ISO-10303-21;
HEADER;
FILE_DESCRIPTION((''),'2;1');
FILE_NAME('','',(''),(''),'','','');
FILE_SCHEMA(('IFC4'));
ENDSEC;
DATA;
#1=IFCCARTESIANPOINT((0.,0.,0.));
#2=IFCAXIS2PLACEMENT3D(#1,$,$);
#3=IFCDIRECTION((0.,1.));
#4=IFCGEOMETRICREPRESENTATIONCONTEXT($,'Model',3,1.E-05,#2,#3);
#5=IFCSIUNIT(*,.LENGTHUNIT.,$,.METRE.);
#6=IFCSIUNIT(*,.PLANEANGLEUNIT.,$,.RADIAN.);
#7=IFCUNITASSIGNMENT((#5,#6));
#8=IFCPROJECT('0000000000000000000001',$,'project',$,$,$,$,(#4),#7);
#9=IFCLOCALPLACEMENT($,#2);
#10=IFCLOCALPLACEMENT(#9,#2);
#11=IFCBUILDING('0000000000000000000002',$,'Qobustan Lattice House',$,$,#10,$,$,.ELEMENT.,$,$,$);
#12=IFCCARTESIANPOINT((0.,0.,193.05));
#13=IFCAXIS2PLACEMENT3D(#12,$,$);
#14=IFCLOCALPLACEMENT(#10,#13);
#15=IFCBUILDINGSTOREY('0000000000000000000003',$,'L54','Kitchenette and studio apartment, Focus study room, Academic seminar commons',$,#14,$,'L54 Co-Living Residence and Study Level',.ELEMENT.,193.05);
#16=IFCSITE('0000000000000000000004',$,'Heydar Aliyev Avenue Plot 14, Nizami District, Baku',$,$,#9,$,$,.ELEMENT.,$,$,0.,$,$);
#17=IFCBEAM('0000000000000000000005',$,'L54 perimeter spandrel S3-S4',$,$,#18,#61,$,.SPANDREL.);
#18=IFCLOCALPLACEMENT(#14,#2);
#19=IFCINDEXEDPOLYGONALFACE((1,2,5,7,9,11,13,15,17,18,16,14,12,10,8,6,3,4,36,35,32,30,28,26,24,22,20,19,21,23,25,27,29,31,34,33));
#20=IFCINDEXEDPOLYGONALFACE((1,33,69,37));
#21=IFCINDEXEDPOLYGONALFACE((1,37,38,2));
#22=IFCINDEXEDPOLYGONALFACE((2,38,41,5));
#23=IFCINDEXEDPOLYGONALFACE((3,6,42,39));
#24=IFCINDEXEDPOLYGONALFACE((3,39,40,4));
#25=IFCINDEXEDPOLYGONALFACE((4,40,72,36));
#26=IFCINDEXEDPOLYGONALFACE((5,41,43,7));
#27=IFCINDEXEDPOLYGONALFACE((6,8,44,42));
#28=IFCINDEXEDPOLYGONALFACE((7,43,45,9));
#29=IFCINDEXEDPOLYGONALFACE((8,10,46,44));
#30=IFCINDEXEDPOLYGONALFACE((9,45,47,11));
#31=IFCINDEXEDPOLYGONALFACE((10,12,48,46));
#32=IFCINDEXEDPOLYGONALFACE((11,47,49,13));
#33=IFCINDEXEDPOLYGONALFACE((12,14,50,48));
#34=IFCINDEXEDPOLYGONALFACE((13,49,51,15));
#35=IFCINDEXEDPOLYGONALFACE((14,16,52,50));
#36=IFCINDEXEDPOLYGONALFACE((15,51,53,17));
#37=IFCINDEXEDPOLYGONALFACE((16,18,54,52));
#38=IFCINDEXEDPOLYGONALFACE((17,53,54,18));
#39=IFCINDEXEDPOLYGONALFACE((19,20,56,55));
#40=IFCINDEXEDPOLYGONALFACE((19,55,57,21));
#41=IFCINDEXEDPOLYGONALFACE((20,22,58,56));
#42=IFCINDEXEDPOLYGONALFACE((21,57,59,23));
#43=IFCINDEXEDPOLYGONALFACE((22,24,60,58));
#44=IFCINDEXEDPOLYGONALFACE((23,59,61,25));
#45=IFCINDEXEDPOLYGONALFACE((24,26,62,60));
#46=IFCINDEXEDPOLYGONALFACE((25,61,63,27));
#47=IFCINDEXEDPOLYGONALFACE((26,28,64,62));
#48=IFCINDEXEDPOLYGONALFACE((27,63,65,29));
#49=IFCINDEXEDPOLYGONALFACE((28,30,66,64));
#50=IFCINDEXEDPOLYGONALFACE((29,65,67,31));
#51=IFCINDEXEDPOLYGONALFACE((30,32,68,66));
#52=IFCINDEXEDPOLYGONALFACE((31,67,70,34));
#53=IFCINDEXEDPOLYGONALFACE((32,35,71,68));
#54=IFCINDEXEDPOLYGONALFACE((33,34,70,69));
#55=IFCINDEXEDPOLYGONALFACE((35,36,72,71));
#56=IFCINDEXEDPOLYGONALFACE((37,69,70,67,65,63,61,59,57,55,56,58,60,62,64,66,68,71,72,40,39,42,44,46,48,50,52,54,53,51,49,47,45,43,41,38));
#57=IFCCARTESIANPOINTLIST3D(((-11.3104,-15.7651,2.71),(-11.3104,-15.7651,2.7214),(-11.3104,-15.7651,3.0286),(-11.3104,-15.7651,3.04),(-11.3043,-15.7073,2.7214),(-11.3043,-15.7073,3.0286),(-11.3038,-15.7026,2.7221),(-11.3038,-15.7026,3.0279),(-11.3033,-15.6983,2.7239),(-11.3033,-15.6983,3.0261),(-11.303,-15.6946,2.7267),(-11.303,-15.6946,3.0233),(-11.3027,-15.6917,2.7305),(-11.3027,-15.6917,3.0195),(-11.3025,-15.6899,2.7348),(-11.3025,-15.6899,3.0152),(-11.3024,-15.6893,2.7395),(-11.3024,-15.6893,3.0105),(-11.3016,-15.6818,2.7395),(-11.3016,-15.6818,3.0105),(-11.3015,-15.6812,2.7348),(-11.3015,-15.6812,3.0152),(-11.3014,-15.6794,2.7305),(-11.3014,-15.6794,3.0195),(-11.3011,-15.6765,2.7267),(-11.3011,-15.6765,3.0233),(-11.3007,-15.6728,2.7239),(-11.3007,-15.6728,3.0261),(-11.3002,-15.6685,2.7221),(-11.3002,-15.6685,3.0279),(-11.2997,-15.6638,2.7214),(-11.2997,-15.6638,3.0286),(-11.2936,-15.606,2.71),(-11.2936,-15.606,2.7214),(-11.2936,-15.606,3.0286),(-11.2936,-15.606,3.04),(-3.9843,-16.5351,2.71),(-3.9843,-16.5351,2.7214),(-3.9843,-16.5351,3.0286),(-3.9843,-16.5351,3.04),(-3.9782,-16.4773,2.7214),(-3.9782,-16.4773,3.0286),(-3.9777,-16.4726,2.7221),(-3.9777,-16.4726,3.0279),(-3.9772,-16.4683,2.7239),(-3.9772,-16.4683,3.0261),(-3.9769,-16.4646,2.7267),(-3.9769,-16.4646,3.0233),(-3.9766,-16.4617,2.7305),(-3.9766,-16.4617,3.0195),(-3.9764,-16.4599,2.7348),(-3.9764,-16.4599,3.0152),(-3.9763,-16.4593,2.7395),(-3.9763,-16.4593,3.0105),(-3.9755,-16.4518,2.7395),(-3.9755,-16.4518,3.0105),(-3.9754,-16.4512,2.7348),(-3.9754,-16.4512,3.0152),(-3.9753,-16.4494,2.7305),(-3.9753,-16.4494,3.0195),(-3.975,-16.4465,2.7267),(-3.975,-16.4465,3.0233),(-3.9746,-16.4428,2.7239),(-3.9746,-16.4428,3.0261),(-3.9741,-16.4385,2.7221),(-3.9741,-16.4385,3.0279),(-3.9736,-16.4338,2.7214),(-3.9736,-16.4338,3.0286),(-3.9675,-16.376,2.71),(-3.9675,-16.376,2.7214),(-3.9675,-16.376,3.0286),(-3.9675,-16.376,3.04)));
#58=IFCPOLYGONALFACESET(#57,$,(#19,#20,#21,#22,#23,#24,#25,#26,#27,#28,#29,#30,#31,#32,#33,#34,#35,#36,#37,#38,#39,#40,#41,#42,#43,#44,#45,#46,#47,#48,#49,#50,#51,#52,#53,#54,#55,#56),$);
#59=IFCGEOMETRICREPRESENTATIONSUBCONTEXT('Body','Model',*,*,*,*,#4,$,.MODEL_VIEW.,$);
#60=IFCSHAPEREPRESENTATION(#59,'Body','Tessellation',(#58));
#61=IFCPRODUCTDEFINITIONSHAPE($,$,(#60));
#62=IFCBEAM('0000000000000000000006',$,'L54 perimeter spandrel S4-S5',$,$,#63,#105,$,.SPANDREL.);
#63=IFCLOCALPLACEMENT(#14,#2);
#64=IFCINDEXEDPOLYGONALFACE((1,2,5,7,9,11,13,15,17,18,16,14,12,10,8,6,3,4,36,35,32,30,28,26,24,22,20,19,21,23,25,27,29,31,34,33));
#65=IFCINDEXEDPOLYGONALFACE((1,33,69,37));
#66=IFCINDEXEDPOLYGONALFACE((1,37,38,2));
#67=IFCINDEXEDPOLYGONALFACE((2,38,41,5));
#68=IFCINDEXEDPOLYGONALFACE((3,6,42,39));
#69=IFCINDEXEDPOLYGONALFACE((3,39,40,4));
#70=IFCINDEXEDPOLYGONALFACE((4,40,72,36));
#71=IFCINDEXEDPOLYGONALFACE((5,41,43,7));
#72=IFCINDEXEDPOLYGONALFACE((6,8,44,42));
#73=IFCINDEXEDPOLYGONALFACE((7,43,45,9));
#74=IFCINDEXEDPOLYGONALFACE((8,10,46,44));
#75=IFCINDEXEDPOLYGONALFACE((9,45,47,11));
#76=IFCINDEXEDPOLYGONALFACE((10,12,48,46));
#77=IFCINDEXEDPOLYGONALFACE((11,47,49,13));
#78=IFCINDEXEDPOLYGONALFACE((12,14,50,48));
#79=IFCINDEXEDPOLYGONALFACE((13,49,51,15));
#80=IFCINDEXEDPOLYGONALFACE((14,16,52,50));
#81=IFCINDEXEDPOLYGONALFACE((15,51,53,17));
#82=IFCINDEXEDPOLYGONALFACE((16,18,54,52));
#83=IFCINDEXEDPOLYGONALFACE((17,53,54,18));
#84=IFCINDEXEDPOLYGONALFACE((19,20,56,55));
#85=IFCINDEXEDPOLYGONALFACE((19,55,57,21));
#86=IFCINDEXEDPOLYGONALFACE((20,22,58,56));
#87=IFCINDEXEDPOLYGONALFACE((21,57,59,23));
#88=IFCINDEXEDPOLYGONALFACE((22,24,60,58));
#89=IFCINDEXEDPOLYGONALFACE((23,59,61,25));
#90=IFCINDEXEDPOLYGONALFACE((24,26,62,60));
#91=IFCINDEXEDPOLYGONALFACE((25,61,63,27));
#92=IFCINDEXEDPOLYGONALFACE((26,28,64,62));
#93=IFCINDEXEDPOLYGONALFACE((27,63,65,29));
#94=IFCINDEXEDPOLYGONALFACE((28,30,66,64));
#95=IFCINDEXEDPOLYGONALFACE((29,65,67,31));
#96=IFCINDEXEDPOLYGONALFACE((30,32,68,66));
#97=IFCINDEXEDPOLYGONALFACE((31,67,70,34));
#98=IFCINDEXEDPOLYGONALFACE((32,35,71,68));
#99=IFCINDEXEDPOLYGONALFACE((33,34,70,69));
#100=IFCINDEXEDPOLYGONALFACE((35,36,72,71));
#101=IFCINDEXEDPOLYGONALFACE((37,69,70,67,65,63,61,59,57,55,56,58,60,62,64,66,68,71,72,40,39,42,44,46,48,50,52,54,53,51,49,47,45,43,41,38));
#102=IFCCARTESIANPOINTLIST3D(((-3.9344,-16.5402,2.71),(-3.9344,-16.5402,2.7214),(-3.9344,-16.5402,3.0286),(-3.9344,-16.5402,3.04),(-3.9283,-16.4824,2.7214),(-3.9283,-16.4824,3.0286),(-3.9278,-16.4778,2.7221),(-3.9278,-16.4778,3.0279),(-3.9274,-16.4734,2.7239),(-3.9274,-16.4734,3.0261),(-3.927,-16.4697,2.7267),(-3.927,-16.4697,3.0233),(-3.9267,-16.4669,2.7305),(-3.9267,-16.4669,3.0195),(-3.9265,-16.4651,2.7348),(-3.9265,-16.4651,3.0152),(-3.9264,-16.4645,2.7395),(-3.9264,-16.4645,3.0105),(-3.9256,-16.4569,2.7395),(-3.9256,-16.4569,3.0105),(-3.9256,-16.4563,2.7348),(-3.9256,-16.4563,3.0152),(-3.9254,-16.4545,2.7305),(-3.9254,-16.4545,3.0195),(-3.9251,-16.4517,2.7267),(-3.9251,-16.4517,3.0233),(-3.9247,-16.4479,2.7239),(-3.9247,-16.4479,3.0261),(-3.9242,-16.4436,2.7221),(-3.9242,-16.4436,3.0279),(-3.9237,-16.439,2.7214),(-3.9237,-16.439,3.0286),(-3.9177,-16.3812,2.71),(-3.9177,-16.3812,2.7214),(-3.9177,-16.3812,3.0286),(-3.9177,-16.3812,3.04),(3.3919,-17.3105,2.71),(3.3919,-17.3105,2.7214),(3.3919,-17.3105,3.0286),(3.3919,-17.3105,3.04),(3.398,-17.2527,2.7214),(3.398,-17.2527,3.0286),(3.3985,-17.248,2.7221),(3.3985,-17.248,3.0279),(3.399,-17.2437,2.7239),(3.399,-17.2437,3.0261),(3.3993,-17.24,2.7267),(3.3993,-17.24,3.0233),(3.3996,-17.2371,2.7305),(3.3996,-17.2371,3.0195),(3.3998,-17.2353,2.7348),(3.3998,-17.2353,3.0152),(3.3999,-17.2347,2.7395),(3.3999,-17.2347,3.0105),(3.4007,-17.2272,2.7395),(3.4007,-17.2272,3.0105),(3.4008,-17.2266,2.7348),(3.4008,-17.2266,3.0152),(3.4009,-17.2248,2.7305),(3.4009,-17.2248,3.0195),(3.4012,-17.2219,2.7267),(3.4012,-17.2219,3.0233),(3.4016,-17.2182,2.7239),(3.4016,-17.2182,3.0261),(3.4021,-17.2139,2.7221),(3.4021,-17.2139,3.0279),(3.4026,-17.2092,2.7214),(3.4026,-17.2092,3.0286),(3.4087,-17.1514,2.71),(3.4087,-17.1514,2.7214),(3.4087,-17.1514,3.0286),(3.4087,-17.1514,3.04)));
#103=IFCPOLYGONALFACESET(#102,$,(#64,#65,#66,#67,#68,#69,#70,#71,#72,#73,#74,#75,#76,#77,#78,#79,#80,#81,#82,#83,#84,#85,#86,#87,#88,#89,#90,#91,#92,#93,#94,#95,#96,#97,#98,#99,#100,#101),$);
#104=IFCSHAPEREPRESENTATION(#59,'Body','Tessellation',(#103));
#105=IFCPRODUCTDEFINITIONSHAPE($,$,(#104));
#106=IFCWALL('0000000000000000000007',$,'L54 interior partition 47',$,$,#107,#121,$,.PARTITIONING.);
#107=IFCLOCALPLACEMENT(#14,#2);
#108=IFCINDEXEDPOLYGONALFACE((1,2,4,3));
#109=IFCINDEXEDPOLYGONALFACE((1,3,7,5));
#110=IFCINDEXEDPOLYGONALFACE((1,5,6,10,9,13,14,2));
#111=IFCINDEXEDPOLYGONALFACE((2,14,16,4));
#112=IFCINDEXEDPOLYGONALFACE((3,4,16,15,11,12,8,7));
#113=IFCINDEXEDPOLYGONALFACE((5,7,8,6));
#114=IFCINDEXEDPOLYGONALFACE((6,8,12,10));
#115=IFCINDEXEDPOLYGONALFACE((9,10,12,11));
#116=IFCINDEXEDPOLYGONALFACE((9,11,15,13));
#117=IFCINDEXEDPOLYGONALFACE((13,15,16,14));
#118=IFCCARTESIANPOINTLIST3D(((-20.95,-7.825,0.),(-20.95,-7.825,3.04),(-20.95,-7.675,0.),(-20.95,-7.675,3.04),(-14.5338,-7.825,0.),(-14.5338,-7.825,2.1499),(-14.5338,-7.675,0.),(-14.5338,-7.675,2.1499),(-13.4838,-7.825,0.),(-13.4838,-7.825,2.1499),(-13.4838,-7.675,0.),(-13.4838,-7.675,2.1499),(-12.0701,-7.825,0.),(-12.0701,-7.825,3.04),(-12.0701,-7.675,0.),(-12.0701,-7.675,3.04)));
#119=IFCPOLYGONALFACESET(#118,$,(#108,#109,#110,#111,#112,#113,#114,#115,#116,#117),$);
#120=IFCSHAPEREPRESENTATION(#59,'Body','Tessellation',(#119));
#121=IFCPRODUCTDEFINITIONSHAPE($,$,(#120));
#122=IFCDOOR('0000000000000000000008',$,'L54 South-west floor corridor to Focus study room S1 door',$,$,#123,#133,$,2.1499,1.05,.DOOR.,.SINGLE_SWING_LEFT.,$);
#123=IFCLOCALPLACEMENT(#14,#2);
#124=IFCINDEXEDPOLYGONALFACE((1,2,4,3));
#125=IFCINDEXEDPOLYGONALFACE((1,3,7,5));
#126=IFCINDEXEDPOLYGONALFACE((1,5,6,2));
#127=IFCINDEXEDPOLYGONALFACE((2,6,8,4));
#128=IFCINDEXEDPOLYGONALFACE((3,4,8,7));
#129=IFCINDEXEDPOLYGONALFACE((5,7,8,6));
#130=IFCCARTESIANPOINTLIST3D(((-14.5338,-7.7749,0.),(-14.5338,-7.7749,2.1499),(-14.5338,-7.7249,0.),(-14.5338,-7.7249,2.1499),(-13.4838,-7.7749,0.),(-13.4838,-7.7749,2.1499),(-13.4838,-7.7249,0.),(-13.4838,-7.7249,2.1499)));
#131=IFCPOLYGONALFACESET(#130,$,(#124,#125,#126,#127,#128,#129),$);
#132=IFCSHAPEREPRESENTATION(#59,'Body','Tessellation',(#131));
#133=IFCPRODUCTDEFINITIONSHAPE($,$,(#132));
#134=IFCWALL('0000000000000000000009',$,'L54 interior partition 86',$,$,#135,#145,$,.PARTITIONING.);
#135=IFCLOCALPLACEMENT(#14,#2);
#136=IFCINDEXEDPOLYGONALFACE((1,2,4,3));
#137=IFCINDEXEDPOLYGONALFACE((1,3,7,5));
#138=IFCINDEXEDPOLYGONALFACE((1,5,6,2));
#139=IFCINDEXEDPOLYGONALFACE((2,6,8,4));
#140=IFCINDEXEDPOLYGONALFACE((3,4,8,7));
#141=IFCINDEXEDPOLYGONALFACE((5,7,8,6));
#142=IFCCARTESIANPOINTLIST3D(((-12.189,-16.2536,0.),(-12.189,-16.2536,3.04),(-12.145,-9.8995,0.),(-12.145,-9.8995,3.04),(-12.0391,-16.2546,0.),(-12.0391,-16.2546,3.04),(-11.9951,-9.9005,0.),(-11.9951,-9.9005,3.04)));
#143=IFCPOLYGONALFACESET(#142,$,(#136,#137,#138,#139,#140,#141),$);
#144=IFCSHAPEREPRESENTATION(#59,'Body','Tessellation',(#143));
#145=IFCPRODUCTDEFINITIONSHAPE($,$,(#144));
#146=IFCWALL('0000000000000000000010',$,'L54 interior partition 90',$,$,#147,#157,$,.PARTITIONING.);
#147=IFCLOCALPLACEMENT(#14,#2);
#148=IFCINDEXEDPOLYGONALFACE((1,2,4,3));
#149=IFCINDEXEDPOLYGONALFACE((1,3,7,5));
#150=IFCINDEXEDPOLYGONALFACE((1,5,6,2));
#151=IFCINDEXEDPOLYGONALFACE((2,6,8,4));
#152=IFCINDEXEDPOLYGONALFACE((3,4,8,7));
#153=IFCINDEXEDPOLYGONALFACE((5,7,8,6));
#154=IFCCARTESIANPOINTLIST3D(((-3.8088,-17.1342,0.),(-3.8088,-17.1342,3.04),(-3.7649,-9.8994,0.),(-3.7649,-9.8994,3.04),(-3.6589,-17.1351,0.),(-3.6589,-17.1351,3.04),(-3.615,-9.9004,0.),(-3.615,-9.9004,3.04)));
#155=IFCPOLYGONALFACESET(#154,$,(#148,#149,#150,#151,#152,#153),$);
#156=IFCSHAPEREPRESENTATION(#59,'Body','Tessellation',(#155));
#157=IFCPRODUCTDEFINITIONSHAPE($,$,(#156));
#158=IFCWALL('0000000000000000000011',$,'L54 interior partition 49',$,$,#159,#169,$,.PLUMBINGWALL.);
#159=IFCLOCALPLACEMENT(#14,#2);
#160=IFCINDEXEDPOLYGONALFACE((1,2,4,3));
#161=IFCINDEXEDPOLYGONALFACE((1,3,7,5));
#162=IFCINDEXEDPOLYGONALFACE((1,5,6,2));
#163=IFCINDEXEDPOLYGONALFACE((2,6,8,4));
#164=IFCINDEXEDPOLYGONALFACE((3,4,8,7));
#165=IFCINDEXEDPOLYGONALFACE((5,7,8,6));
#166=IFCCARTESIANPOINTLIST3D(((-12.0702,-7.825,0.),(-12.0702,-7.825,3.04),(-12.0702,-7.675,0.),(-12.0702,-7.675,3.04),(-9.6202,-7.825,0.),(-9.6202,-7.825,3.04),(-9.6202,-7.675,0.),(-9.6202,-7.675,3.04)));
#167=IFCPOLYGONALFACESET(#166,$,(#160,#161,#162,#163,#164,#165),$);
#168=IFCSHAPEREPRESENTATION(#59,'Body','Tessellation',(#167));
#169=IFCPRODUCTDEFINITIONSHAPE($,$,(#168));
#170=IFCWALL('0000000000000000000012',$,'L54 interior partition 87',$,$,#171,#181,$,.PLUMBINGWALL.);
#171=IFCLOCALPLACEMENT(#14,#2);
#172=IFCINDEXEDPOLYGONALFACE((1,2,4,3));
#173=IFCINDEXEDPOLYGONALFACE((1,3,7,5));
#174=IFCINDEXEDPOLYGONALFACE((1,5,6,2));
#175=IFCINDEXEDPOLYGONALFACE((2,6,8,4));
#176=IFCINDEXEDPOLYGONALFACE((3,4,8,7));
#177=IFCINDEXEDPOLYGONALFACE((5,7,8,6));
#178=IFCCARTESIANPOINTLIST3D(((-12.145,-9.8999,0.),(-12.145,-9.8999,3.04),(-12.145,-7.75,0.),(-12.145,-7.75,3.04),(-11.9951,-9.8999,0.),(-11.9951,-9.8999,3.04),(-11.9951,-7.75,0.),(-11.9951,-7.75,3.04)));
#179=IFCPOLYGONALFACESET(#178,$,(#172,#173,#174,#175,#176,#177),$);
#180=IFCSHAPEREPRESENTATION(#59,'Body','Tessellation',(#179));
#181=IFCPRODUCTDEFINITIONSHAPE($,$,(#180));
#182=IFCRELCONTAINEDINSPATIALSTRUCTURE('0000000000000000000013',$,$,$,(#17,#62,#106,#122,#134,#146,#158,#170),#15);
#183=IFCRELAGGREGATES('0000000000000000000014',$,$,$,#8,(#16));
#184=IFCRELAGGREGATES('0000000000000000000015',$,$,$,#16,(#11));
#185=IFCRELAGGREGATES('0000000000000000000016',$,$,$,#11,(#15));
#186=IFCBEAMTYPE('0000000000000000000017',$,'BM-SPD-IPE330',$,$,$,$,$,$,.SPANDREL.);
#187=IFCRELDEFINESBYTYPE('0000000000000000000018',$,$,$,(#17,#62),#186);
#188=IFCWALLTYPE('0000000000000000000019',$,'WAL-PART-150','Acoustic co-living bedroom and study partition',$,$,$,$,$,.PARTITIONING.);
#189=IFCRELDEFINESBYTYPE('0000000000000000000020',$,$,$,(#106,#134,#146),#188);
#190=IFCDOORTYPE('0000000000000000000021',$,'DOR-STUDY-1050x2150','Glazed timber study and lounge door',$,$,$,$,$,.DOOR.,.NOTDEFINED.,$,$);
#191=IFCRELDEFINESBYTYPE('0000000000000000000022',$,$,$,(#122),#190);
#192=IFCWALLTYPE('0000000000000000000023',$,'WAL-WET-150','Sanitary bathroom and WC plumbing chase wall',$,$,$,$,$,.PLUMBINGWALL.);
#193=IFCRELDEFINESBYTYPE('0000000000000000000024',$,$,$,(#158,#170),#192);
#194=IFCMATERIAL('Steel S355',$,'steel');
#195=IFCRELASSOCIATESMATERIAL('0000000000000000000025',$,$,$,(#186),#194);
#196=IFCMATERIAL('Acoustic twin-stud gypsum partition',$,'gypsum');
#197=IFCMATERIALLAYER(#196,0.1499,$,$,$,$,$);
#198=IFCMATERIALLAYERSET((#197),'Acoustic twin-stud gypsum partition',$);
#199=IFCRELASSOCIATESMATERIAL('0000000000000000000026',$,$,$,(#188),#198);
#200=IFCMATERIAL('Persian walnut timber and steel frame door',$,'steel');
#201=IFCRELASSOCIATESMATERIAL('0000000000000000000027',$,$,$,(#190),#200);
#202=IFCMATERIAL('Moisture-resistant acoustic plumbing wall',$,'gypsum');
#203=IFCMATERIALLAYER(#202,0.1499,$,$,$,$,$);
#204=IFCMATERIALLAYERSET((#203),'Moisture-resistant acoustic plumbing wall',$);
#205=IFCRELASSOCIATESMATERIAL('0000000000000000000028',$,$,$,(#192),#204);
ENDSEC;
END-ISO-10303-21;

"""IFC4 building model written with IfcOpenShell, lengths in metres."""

from ifc_helpers import new_model, si_unit, direction, frame, frame_2d, origin, origin_2d, place, context, subcontext, project, spatial, rectangle, i_section, extrude, material, layer, layer_set, material_profile, profile_set, type_object, element, fill, save


model = new_model("IFC4")

# Units and contexts
model_context = context("Model", 3, precision=1e-05, world=origin(), true_north=direction((0.0, 1.0)))
body_context = subcontext(model_context, "Body", "Model", "MODEL_VIEW")
ifc_project = project(units=[si_unit("LENGTHUNIT", "METRE"), si_unit("PLANEANGLEUNIT", "RADIAN")], contexts=[model_context])

# Site, building, storey
site_placement = place(None, origin())
site = spatial("IfcSite", under=ifc_project, at=site_placement, Name="Heydar Aliyev Avenue Plot 14, Nizami District, Baku", CompositionType="ELEMENT", RefElevation=0.0)
building_placement = place(site_placement, origin())
building = spatial("IfcBuilding", under=site, at=building_placement, Name="Qobustan Lattice House", CompositionType="ELEMENT")
storey_placement = place(building_placement, frame((0.0, 0.0, 193.05)))
storey = spatial("IfcBuildingStorey", under=building, at=storey_placement, Name="L54", Description="Kitchenette and studio apartment, Focus study room, Academic seminar commons", LongName="L54 Co-Living Residence and Study Level", CompositionType="ELEMENT", Elevation=193.05)

# Beams
ifc_material_1 = material(Name="Steel S355", Category="steel")
ifc_material_profile_1 = material_profile(ifc_material_1, i_section(OverallWidth=0.1599, OverallDepth=0.3301, WebThickness=0.0076, FlangeThickness=0.0115, FilletRadius=0.0181, at=origin_2d()), Name="IPE330")
ifc_profile_set_1 = profile_set([ifc_material_profile_1], Name="Steel S355")
beam_type_1 = type_object("IfcBeamType", Name="BM-SPD-IPE330", PredefinedType="SPANDREL", material=ifc_profile_set_1)
beam_1_placement = place(storey_placement, frame((-11.302, -15.6855, 2.875), z_axis=(0.994522, -0.10453, 0.0), x_axis=(0.10453, 0.994522, 0.0)))
element("IfcBeam", 1, at=beam_1_placement, inside=storey, type_object=beam_type_1, Name="L54 perimeter spandrel S3-S4", PredefinedType="SPANDREL", context=body_context, shape_type="SweptSolid", body=[
    extrude(i_section(OverallWidth=0.1599, OverallDepth=0.3301, WebThickness=0.0076, FlangeThickness=0.0115, FilletRadius=0.0181, at=origin_2d()), origin(), (0.0, 0.0, 1.0), 7.3665),
])
beam_2_placement = place(storey_placement, frame((-3.926, -16.4607, 2.875), z_axis=(0.994519, -0.104559, 0.0), x_axis=(0.104559, 0.994519, 0.0)))
element("IfcBeam", 2, at=beam_2_placement, inside=storey, type_object=beam_type_1, Name="L54 perimeter spandrel S4-S5", PredefinedType="SPANDREL", context=body_context, shape_type="SweptSolid", body=[
    extrude(i_section(OverallWidth=0.1599, OverallDepth=0.3301, WebThickness=0.0076, FlangeThickness=0.0115, FilletRadius=0.0181, at=origin_2d()), origin(), (0.0, 0.0, 1.0), 7.3667),
])

# Wall, opening, door
ifc_material_2 = material(Name="Acoustic twin-stud gypsum partition", Category="gypsum")
ifc_layer_1 = layer(ifc_material_2, 0.1499)
ifc_layer_set_1 = layer_set([ifc_layer_1], Name="Acoustic twin-stud gypsum partition")
wall_type_1 = type_object("IfcWallType", Name="WAL-PART-150", Description="Acoustic co-living bedroom and study partition", PredefinedType="PARTITIONING", material=ifc_layer_set_1)
wall_1_placement = place(storey_placement, frame((-12.0701, -7.75, 0.0), z_axis=(0.0, 0.0, 1.0), x_axis=(-1.0, 0.0, 0.0)))
wall_1 = element("IfcWall", 3, at=wall_1_placement, inside=storey, type_object=wall_type_1, Name="L54 interior partition 47", PredefinedType="PARTITIONING", context=body_context, shape_type="SweptSolid", body=[
    extrude(rectangle(XDim=8.8799, YDim=0.1499, at=frame_2d((4.4399, 0.0))), origin(), (0.0, 0.0, 1.0), 3.04),
])
opening_1_placement = place(wall_1_placement, frame((1.4138, 0.0, 0.0)))
opening_1 = element("IfcOpeningElement", 4, at=opening_1_placement, cuts=wall_1, PredefinedType="OPENING", context=body_context, shape_type="SweptSolid", body=[
    extrude(rectangle(XDim=1.05, YDim=2.1499, at=frame_2d((0.5249, 1.075))), frame((0.0, 0.085, 0.0), z_axis=(0.0, -1.0, 0.0), x_axis=(1.0, 0.0, 0.0)), (0.0, 0.0, 1.0), 0.1699),
])
ifc_material_3 = material(Name="Persian walnut timber and steel frame door", Category="steel")
door_type_1 = type_object("IfcDoorType", Name="DOR-STUDY-1050x2150", Description="Glazed timber study and lounge door", OperationType="NOTDEFINED", PredefinedType="DOOR", material=ifc_material_3)
door_1_placement = place(opening_1_placement, origin())
door_1 = element("IfcDoor", 5, at=door_1_placement, inside=storey, type_object=door_type_1, Name="L54 South-west floor corridor to Focus study room S1 door", OperationType="SINGLE_SWING_LEFT", OverallHeight=2.1499, OverallWidth=1.05, PredefinedType="DOOR", context=body_context, shape_type="SweptSolid", body=[
    extrude(rectangle(XDim=1.05, YDim=2.1499, at=frame_2d((0.5249, 1.075))), frame((0.0, 0.0249, 0.0), z_axis=(0.0, -1.0, 0.0), x_axis=(1.0, 0.0, 0.0)), (0.0, 0.0, 1.0), 0.05),
])
fill(opening_1, door_1)

# Walls
wall_2_placement = place(storey_placement, frame((-12.0701, -9.8999, 0.0), z_axis=(0.0, 0.0, 1.0), x_axis=(-0.006916, -0.999976, 0.0)))
element("IfcWall", 6, at=wall_2_placement, inside=storey, type_object=wall_type_1, Name="L54 interior partition 86", PredefinedType="PARTITIONING", context=body_context, shape_type="SweptSolid", body=[
    extrude(rectangle(XDim=6.3542, YDim=0.1499, at=frame_2d((3.1772, 0.0))), origin(), (0.0, 0.0, 1.0), 3.04),
])
wall_3_placement = place(storey_placement, frame((-3.6899, -9.8999, 0.0), z_axis=(0.0, 0.0, 1.0), x_axis=(-0.006074, -0.999982, 0.0)))
element("IfcWall", 7, at=wall_3_placement, inside=storey, type_object=wall_type_1, Name="L54 interior partition 90", PredefinedType="PARTITIONING", context=body_context, shape_type="SweptSolid", body=[
    extrude(rectangle(XDim=7.2349, YDim=0.1499, at=frame_2d((3.6174, 0.0))), origin(), (0.0, 0.0, 1.0), 3.04),
])
ifc_material_4 = material(Name="Moisture-resistant acoustic plumbing wall", Category="gypsum")
ifc_layer_2 = layer(ifc_material_4, 0.1499)
ifc_layer_set_2 = layer_set([ifc_layer_2], Name="Moisture-resistant acoustic plumbing wall")
wall_type_2 = type_object("IfcWallType", Name="WAL-WET-150", Description="Sanitary bathroom and WC plumbing chase wall", PredefinedType="PLUMBINGWALL", material=ifc_layer_set_2)
wall_4_placement = place(storey_placement, frame((-9.6201, -7.75, 0.0), z_axis=(0.0, 0.0, 1.0), x_axis=(-1.0, 0.0, 0.0)))
element("IfcWall", 8, at=wall_4_placement, inside=storey, type_object=wall_type_2, Name="L54 interior partition 49", PredefinedType="PLUMBINGWALL", context=body_context, shape_type="SweptSolid", body=[
    extrude(rectangle(XDim=2.45, YDim=0.1499, at=frame_2d((1.2251, 0.0))), origin(), (0.0, 0.0, 1.0), 3.04),
])
wall_5_placement = place(storey_placement, frame((-12.0701, -7.75, 0.0), z_axis=(0.0, 0.0, 1.0), x_axis=(0.0, -1.0, 0.0)))
element("IfcWall", 9, at=wall_5_placement, inside=storey, type_object=wall_type_2, Name="L54 interior partition 87", PredefinedType="PLUMBINGWALL", context=body_context, shape_type="SweptSolid", body=[
    extrude(rectangle(XDim=2.1499, YDim=0.1499, at=frame_2d((1.075, 0.0))), origin(), (0.0, 0.0, 1.0), 3.04),
])

save(model, "model.ifc")
